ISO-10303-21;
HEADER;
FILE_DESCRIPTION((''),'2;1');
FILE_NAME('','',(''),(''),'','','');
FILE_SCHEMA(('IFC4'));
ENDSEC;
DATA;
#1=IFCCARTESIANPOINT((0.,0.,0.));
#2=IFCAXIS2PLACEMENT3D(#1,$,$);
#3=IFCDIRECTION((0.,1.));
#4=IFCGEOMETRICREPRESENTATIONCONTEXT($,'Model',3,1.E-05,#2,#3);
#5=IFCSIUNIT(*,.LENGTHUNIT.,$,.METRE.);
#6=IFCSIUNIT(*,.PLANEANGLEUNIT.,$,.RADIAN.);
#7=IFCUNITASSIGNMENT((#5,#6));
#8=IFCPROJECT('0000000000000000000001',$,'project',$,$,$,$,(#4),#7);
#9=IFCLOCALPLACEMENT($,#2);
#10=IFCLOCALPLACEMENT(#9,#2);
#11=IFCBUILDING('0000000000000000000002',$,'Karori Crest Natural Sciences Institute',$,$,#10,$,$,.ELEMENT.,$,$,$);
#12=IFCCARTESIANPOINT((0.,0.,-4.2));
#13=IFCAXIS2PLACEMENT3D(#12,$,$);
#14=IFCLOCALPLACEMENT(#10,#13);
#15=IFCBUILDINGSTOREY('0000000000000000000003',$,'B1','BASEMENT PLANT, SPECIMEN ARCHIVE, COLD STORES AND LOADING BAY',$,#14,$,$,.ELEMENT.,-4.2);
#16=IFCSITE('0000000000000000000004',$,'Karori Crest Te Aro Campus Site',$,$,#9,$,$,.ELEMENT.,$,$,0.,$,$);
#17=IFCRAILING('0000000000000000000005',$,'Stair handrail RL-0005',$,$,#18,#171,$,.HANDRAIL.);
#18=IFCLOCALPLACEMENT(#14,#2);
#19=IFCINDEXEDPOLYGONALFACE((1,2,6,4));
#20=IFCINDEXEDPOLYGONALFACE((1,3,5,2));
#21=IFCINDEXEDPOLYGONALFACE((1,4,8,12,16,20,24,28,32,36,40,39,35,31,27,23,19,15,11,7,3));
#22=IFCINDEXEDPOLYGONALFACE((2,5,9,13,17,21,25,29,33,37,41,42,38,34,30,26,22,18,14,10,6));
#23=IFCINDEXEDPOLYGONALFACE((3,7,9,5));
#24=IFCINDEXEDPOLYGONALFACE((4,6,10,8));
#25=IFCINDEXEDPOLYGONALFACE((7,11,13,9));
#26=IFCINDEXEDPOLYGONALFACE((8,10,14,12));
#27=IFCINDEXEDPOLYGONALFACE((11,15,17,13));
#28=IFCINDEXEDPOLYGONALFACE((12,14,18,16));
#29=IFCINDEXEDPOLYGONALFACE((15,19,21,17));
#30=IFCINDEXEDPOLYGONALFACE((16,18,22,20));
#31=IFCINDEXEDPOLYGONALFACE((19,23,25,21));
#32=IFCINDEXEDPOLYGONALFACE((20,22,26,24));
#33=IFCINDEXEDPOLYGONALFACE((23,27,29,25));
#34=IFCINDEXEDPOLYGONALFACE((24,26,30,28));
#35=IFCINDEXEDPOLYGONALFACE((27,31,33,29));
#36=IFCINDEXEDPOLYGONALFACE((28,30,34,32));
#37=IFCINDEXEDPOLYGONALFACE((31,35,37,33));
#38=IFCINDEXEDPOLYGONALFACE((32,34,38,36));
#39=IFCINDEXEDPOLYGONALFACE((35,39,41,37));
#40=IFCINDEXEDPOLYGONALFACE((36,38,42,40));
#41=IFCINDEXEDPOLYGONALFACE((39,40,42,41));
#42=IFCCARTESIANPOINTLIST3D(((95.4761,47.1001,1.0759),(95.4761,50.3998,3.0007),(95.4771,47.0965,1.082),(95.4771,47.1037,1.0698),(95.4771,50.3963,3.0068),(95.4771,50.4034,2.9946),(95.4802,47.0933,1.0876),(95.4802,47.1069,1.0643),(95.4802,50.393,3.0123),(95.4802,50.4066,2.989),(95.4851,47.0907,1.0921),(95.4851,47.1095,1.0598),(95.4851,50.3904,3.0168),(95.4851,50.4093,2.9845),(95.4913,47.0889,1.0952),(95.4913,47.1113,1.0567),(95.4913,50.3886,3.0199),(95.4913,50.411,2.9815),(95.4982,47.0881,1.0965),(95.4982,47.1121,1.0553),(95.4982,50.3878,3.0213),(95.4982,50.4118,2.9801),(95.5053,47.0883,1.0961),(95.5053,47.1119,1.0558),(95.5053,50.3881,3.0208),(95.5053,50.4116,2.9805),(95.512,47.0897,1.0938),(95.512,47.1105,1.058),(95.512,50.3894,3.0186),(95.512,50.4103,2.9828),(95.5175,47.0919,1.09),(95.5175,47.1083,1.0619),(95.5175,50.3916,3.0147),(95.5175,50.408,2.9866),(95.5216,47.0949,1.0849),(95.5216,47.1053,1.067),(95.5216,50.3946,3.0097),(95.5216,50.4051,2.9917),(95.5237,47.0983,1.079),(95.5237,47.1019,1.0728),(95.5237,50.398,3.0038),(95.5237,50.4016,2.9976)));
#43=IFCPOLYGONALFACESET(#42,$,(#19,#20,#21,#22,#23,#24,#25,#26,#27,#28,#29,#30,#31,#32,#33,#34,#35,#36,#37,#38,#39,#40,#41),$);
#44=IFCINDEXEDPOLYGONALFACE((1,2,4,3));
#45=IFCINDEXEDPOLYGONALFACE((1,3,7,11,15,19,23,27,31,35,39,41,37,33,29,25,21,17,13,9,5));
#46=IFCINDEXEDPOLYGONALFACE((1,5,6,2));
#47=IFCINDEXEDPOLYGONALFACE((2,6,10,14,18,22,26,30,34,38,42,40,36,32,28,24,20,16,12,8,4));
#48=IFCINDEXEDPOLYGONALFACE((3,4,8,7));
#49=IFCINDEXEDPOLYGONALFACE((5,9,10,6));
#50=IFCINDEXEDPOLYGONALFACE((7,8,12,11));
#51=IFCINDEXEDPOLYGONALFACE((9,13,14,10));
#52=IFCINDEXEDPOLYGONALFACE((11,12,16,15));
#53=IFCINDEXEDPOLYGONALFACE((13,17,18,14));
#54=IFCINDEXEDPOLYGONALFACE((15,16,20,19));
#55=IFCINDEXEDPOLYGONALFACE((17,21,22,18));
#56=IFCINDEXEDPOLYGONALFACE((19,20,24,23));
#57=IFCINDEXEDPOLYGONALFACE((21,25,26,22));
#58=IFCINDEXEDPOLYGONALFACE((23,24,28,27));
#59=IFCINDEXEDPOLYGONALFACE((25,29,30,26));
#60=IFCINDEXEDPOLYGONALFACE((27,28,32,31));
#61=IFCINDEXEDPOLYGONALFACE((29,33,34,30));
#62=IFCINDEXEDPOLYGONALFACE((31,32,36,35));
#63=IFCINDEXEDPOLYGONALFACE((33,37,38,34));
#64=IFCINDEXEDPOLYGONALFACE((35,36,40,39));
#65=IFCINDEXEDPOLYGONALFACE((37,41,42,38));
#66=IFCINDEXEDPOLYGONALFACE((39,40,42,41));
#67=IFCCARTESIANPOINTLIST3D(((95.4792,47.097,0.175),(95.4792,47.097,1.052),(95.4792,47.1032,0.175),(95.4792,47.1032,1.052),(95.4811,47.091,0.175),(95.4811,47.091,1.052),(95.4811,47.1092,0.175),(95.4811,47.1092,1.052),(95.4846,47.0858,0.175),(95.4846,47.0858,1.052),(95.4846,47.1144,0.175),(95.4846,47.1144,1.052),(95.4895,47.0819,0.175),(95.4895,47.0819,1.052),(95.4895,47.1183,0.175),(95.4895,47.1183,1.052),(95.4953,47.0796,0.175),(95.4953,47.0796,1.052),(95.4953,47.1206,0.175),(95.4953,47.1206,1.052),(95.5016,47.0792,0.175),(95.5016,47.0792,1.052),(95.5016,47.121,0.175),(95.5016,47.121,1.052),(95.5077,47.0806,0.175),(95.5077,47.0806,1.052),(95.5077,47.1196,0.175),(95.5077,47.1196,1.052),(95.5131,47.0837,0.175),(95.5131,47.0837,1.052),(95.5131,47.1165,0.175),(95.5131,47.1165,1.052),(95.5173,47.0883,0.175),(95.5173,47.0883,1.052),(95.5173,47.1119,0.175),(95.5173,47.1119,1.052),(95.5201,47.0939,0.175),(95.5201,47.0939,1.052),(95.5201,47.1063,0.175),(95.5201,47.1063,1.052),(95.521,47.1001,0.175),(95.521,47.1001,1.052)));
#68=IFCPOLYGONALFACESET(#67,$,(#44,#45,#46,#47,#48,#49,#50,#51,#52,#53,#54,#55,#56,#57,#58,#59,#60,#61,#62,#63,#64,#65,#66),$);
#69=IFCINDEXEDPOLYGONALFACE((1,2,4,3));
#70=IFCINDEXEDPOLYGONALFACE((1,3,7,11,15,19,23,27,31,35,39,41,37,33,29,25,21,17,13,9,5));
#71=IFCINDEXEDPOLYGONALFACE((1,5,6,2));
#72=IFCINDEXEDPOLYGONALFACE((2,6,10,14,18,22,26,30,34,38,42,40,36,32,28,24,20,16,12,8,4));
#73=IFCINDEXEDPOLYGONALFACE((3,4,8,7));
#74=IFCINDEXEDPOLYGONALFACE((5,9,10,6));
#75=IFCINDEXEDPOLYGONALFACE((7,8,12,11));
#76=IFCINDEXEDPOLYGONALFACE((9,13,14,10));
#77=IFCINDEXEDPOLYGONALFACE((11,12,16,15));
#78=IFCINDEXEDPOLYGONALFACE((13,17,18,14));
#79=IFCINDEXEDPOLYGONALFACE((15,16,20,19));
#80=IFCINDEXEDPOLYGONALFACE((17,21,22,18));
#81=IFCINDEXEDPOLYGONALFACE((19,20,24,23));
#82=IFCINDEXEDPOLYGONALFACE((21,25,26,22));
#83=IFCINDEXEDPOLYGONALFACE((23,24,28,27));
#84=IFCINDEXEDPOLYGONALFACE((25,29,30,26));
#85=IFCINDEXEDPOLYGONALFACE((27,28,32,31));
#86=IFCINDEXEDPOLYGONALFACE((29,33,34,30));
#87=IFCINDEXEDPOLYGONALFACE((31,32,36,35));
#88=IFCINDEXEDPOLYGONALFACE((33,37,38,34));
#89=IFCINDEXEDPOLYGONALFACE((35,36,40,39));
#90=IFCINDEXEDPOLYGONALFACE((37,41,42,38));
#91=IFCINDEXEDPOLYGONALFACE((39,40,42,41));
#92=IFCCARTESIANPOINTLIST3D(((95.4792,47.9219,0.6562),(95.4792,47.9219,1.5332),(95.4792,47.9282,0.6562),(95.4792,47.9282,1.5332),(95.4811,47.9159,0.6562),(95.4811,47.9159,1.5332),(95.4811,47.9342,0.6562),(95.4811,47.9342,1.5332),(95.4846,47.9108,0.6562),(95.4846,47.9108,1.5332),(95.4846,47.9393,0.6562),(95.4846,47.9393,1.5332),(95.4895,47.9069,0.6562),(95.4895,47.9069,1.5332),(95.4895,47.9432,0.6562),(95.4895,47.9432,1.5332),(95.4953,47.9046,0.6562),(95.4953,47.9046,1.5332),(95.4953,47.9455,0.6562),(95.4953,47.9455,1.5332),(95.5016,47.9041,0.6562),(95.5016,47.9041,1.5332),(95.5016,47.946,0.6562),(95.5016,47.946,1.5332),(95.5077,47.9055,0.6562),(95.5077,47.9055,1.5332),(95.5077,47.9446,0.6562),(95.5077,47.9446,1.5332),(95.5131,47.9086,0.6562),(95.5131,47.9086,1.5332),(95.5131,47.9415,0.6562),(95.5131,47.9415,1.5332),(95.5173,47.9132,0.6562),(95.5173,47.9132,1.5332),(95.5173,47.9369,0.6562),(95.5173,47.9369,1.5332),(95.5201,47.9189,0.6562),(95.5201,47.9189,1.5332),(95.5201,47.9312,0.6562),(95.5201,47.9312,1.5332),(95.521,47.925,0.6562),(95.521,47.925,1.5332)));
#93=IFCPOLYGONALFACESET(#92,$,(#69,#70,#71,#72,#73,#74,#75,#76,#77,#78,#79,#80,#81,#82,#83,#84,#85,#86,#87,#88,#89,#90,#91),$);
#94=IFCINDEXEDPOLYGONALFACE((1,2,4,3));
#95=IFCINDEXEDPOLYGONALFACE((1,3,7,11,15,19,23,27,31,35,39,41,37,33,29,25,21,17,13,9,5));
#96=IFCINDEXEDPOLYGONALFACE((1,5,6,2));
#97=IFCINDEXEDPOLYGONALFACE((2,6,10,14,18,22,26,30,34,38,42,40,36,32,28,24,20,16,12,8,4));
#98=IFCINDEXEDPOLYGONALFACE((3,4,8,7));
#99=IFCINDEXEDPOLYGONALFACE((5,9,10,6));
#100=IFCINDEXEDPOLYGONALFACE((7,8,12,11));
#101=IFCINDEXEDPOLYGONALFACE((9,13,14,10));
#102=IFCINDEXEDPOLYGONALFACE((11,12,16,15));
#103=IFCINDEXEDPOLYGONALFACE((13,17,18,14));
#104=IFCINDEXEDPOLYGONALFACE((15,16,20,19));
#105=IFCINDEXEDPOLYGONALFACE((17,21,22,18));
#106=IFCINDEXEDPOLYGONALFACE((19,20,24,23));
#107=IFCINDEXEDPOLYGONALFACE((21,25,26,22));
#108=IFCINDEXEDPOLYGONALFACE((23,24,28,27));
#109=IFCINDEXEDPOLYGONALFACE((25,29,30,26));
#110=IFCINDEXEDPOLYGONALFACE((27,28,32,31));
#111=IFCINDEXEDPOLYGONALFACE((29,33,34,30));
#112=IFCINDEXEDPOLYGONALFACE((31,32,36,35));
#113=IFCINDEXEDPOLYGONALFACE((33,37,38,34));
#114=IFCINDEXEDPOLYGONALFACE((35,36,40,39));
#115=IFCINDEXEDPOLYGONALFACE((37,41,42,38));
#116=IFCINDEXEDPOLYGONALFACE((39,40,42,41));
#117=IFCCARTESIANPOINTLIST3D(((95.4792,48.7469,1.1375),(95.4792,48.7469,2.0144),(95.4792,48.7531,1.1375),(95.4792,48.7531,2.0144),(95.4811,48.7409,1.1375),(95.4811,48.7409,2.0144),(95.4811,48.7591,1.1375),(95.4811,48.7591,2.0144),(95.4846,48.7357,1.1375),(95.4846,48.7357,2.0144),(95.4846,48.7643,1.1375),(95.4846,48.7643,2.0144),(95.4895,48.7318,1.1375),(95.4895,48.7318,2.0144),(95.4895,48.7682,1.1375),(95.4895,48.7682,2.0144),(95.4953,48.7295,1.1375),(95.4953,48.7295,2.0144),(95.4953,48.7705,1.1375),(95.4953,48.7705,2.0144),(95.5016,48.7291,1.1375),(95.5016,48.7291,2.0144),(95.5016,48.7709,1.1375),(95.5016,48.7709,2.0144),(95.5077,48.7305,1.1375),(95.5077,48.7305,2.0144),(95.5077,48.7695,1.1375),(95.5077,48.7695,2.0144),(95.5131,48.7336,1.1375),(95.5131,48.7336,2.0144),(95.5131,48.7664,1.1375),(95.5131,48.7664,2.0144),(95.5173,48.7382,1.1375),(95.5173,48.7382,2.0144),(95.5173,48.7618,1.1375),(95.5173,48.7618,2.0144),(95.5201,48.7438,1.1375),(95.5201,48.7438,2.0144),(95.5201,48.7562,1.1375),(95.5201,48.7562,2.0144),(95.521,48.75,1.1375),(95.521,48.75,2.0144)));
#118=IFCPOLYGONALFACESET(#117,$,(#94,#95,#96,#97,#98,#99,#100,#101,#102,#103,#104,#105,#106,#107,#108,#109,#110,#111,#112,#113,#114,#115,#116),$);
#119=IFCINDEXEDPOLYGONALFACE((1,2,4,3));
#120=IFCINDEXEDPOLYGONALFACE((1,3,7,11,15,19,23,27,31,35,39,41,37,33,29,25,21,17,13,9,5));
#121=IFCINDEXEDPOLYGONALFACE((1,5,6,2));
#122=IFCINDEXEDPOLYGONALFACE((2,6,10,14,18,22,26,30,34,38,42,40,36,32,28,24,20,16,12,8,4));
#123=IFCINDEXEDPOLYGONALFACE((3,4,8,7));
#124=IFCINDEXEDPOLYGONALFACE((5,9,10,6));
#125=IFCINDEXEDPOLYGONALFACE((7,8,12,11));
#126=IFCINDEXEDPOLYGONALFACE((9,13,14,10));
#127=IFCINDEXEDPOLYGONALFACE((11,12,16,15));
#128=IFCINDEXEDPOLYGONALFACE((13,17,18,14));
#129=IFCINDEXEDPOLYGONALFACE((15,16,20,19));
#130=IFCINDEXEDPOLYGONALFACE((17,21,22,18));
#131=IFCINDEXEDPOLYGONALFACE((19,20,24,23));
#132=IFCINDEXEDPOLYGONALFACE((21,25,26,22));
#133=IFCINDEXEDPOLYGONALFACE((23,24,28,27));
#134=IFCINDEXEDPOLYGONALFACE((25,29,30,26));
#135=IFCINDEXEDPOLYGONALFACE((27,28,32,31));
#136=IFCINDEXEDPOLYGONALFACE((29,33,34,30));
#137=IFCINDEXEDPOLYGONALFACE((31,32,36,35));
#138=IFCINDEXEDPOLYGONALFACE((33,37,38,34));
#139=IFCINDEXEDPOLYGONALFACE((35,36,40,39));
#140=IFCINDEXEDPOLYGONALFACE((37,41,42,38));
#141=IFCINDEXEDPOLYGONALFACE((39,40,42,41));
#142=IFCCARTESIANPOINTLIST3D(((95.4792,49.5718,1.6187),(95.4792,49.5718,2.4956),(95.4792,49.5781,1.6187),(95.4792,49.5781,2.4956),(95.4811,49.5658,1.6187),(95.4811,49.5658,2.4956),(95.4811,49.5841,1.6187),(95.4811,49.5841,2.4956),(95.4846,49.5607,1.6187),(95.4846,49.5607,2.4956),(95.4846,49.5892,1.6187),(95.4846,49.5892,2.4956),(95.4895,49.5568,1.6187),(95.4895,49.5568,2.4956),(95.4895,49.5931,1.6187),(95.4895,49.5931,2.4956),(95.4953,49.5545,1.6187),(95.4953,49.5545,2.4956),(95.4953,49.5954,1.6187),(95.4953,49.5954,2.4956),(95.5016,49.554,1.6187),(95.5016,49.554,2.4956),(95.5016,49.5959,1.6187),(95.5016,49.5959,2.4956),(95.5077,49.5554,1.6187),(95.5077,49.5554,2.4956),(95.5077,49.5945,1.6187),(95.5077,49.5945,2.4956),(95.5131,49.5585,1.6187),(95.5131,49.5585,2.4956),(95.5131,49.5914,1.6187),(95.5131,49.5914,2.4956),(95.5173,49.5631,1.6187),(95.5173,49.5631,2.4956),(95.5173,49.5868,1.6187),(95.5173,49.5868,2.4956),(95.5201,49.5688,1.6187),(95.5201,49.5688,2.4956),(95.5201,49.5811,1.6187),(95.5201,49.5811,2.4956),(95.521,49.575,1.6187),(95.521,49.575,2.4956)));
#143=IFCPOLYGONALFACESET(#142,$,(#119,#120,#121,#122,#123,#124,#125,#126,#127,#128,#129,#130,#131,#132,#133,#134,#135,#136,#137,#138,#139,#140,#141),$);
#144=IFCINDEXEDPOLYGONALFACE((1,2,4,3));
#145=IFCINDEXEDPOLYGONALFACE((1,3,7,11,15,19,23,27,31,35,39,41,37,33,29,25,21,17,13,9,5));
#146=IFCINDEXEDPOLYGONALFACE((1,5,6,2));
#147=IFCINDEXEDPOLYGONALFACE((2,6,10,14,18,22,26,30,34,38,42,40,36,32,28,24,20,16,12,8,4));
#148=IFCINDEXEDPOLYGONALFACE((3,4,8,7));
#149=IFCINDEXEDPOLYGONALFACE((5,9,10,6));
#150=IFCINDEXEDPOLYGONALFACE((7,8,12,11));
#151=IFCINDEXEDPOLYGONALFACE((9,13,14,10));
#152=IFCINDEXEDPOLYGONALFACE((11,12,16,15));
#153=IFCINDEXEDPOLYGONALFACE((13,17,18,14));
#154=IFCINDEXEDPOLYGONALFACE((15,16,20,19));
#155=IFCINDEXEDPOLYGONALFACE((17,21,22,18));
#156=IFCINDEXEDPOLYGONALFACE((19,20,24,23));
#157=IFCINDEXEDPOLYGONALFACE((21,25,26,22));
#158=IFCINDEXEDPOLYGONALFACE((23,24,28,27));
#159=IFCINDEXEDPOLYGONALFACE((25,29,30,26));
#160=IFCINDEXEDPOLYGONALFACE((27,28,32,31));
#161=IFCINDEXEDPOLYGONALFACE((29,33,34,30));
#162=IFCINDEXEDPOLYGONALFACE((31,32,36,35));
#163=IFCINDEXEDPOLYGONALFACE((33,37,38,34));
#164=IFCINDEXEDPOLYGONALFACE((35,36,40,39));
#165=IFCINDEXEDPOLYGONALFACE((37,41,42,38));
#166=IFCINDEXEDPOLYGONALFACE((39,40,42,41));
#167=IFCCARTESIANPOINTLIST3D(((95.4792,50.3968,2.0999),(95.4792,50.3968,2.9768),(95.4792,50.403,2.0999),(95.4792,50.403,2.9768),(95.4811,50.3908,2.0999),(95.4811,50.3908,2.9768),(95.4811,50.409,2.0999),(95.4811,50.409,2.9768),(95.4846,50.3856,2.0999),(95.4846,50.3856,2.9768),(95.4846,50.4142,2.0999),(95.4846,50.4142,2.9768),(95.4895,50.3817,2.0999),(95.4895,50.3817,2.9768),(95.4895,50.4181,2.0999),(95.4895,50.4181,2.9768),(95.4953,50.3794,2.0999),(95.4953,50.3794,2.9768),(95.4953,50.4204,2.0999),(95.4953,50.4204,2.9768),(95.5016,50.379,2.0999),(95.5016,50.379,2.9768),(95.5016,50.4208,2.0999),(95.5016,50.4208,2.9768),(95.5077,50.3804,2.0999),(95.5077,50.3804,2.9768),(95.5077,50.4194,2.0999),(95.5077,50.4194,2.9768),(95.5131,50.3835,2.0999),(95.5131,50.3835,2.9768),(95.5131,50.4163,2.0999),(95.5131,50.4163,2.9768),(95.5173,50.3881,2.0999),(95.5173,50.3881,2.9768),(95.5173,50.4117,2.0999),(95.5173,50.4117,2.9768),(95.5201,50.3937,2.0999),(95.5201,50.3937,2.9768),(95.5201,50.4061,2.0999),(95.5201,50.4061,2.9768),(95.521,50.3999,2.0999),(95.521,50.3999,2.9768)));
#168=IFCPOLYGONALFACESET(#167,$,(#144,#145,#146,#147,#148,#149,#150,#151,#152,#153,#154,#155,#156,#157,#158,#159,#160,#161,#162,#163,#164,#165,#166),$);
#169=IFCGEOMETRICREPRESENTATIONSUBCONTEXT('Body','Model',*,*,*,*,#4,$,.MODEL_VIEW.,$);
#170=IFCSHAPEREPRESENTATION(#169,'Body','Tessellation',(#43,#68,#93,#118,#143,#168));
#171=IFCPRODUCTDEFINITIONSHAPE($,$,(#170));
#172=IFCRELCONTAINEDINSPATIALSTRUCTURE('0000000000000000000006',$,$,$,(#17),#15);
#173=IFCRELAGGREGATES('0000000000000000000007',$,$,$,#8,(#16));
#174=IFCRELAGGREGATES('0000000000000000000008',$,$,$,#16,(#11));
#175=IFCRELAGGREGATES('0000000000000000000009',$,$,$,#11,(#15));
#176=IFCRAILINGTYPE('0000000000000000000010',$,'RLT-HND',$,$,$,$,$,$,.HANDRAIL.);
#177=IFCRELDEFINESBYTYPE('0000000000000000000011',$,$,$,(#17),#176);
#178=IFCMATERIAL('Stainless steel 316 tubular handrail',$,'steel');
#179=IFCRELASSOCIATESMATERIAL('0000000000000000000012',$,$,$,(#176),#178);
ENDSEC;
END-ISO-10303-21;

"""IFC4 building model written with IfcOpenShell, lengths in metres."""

from ifc_helpers import new_model, si_unit, direction, frame, origin, origin_2d, place, context, subcontext, project, spatial, circle, extrude, material, type_object, element, save


model = new_model("IFC4")

# Units and contexts
model_context = context("Model", 3, precision=1e-05, world=origin(), true_north=direction((0.0, 1.0)))
body_context = subcontext(model_context, "Body", "Model", "MODEL_VIEW")
ifc_project = project(units=[si_unit("LENGTHUNIT", "METRE"), si_unit("PLANEANGLEUNIT", "RADIAN")], contexts=[model_context])

# Site, building, storey
site_placement = place(None, origin())
site = spatial("IfcSite", under=ifc_project, at=site_placement, Name="Karori Crest Te Aro Campus Site", CompositionType="ELEMENT", RefElevation=0.0)
building_placement = place(site_placement, origin())
building = spatial("IfcBuilding", under=site, at=building_placement, Name="Karori Crest Natural Sciences Institute", CompositionType="ELEMENT")
storey_placement = place(building_placement, frame((0.0, 0.0, -4.2)))
storey = spatial("IfcBuildingStorey", under=building, at=storey_placement, Name="B1", Description="BASEMENT PLANT, SPECIMEN ARCHIVE, COLD STORES AND LOADING BAY", CompositionType="ELEMENT", Elevation=-4.2)

# Railing
ifc_material_1 = material(Name="Stainless steel 316 tubular handrail", Category="steel")
railing_type_1 = type_object("IfcRailingType", Name="RLT-HND", PredefinedType="HANDRAIL", material=ifc_material_1)
railing_1_placement = place(storey_placement, frame((95.5, 47.1001, 0.175)))
element("IfcRailing", 1, at=railing_1_placement, inside=storey, type_object=railing_type_1, Name="Stair handrail RL-0005", PredefinedType="HANDRAIL", context=body_context, shape_type="SweptSolid", body=[
    extrude(circle(Radius=0.0239, at=origin_2d()), frame((0.0, 0.0, 0.9009), z_axis=(0.0, 0.863788, 0.503855), x_axis=(-1.0, 0.0, 0.0)), (0.0, 0.0, 1.0), 3.8201),
    extrude(circle(Radius=0.021, at=origin_2d()), origin(), (0.0, 0.0, 1.0), 0.877),
    extrude(circle(Radius=0.021, at=origin_2d()), frame((0.0, 0.825, 0.4812)), (0.0, 0.0, 1.0), 0.877),
    extrude(circle(Radius=0.021, at=origin_2d()), frame((0.0, 1.6499, 0.9624)), (0.0, 0.0, 1.0), 0.877),
    extrude(circle(Radius=0.021, at=origin_2d()), frame((0.0, 2.4749, 1.4436)), (0.0, 0.0, 1.0), 0.877),
    extrude(circle(Radius=0.021, at=origin_2d()), frame((0.0, 3.2998, 1.9248)), (0.0, 0.0, 1.0), 0.877),
])

save(model, "model.ifc")
